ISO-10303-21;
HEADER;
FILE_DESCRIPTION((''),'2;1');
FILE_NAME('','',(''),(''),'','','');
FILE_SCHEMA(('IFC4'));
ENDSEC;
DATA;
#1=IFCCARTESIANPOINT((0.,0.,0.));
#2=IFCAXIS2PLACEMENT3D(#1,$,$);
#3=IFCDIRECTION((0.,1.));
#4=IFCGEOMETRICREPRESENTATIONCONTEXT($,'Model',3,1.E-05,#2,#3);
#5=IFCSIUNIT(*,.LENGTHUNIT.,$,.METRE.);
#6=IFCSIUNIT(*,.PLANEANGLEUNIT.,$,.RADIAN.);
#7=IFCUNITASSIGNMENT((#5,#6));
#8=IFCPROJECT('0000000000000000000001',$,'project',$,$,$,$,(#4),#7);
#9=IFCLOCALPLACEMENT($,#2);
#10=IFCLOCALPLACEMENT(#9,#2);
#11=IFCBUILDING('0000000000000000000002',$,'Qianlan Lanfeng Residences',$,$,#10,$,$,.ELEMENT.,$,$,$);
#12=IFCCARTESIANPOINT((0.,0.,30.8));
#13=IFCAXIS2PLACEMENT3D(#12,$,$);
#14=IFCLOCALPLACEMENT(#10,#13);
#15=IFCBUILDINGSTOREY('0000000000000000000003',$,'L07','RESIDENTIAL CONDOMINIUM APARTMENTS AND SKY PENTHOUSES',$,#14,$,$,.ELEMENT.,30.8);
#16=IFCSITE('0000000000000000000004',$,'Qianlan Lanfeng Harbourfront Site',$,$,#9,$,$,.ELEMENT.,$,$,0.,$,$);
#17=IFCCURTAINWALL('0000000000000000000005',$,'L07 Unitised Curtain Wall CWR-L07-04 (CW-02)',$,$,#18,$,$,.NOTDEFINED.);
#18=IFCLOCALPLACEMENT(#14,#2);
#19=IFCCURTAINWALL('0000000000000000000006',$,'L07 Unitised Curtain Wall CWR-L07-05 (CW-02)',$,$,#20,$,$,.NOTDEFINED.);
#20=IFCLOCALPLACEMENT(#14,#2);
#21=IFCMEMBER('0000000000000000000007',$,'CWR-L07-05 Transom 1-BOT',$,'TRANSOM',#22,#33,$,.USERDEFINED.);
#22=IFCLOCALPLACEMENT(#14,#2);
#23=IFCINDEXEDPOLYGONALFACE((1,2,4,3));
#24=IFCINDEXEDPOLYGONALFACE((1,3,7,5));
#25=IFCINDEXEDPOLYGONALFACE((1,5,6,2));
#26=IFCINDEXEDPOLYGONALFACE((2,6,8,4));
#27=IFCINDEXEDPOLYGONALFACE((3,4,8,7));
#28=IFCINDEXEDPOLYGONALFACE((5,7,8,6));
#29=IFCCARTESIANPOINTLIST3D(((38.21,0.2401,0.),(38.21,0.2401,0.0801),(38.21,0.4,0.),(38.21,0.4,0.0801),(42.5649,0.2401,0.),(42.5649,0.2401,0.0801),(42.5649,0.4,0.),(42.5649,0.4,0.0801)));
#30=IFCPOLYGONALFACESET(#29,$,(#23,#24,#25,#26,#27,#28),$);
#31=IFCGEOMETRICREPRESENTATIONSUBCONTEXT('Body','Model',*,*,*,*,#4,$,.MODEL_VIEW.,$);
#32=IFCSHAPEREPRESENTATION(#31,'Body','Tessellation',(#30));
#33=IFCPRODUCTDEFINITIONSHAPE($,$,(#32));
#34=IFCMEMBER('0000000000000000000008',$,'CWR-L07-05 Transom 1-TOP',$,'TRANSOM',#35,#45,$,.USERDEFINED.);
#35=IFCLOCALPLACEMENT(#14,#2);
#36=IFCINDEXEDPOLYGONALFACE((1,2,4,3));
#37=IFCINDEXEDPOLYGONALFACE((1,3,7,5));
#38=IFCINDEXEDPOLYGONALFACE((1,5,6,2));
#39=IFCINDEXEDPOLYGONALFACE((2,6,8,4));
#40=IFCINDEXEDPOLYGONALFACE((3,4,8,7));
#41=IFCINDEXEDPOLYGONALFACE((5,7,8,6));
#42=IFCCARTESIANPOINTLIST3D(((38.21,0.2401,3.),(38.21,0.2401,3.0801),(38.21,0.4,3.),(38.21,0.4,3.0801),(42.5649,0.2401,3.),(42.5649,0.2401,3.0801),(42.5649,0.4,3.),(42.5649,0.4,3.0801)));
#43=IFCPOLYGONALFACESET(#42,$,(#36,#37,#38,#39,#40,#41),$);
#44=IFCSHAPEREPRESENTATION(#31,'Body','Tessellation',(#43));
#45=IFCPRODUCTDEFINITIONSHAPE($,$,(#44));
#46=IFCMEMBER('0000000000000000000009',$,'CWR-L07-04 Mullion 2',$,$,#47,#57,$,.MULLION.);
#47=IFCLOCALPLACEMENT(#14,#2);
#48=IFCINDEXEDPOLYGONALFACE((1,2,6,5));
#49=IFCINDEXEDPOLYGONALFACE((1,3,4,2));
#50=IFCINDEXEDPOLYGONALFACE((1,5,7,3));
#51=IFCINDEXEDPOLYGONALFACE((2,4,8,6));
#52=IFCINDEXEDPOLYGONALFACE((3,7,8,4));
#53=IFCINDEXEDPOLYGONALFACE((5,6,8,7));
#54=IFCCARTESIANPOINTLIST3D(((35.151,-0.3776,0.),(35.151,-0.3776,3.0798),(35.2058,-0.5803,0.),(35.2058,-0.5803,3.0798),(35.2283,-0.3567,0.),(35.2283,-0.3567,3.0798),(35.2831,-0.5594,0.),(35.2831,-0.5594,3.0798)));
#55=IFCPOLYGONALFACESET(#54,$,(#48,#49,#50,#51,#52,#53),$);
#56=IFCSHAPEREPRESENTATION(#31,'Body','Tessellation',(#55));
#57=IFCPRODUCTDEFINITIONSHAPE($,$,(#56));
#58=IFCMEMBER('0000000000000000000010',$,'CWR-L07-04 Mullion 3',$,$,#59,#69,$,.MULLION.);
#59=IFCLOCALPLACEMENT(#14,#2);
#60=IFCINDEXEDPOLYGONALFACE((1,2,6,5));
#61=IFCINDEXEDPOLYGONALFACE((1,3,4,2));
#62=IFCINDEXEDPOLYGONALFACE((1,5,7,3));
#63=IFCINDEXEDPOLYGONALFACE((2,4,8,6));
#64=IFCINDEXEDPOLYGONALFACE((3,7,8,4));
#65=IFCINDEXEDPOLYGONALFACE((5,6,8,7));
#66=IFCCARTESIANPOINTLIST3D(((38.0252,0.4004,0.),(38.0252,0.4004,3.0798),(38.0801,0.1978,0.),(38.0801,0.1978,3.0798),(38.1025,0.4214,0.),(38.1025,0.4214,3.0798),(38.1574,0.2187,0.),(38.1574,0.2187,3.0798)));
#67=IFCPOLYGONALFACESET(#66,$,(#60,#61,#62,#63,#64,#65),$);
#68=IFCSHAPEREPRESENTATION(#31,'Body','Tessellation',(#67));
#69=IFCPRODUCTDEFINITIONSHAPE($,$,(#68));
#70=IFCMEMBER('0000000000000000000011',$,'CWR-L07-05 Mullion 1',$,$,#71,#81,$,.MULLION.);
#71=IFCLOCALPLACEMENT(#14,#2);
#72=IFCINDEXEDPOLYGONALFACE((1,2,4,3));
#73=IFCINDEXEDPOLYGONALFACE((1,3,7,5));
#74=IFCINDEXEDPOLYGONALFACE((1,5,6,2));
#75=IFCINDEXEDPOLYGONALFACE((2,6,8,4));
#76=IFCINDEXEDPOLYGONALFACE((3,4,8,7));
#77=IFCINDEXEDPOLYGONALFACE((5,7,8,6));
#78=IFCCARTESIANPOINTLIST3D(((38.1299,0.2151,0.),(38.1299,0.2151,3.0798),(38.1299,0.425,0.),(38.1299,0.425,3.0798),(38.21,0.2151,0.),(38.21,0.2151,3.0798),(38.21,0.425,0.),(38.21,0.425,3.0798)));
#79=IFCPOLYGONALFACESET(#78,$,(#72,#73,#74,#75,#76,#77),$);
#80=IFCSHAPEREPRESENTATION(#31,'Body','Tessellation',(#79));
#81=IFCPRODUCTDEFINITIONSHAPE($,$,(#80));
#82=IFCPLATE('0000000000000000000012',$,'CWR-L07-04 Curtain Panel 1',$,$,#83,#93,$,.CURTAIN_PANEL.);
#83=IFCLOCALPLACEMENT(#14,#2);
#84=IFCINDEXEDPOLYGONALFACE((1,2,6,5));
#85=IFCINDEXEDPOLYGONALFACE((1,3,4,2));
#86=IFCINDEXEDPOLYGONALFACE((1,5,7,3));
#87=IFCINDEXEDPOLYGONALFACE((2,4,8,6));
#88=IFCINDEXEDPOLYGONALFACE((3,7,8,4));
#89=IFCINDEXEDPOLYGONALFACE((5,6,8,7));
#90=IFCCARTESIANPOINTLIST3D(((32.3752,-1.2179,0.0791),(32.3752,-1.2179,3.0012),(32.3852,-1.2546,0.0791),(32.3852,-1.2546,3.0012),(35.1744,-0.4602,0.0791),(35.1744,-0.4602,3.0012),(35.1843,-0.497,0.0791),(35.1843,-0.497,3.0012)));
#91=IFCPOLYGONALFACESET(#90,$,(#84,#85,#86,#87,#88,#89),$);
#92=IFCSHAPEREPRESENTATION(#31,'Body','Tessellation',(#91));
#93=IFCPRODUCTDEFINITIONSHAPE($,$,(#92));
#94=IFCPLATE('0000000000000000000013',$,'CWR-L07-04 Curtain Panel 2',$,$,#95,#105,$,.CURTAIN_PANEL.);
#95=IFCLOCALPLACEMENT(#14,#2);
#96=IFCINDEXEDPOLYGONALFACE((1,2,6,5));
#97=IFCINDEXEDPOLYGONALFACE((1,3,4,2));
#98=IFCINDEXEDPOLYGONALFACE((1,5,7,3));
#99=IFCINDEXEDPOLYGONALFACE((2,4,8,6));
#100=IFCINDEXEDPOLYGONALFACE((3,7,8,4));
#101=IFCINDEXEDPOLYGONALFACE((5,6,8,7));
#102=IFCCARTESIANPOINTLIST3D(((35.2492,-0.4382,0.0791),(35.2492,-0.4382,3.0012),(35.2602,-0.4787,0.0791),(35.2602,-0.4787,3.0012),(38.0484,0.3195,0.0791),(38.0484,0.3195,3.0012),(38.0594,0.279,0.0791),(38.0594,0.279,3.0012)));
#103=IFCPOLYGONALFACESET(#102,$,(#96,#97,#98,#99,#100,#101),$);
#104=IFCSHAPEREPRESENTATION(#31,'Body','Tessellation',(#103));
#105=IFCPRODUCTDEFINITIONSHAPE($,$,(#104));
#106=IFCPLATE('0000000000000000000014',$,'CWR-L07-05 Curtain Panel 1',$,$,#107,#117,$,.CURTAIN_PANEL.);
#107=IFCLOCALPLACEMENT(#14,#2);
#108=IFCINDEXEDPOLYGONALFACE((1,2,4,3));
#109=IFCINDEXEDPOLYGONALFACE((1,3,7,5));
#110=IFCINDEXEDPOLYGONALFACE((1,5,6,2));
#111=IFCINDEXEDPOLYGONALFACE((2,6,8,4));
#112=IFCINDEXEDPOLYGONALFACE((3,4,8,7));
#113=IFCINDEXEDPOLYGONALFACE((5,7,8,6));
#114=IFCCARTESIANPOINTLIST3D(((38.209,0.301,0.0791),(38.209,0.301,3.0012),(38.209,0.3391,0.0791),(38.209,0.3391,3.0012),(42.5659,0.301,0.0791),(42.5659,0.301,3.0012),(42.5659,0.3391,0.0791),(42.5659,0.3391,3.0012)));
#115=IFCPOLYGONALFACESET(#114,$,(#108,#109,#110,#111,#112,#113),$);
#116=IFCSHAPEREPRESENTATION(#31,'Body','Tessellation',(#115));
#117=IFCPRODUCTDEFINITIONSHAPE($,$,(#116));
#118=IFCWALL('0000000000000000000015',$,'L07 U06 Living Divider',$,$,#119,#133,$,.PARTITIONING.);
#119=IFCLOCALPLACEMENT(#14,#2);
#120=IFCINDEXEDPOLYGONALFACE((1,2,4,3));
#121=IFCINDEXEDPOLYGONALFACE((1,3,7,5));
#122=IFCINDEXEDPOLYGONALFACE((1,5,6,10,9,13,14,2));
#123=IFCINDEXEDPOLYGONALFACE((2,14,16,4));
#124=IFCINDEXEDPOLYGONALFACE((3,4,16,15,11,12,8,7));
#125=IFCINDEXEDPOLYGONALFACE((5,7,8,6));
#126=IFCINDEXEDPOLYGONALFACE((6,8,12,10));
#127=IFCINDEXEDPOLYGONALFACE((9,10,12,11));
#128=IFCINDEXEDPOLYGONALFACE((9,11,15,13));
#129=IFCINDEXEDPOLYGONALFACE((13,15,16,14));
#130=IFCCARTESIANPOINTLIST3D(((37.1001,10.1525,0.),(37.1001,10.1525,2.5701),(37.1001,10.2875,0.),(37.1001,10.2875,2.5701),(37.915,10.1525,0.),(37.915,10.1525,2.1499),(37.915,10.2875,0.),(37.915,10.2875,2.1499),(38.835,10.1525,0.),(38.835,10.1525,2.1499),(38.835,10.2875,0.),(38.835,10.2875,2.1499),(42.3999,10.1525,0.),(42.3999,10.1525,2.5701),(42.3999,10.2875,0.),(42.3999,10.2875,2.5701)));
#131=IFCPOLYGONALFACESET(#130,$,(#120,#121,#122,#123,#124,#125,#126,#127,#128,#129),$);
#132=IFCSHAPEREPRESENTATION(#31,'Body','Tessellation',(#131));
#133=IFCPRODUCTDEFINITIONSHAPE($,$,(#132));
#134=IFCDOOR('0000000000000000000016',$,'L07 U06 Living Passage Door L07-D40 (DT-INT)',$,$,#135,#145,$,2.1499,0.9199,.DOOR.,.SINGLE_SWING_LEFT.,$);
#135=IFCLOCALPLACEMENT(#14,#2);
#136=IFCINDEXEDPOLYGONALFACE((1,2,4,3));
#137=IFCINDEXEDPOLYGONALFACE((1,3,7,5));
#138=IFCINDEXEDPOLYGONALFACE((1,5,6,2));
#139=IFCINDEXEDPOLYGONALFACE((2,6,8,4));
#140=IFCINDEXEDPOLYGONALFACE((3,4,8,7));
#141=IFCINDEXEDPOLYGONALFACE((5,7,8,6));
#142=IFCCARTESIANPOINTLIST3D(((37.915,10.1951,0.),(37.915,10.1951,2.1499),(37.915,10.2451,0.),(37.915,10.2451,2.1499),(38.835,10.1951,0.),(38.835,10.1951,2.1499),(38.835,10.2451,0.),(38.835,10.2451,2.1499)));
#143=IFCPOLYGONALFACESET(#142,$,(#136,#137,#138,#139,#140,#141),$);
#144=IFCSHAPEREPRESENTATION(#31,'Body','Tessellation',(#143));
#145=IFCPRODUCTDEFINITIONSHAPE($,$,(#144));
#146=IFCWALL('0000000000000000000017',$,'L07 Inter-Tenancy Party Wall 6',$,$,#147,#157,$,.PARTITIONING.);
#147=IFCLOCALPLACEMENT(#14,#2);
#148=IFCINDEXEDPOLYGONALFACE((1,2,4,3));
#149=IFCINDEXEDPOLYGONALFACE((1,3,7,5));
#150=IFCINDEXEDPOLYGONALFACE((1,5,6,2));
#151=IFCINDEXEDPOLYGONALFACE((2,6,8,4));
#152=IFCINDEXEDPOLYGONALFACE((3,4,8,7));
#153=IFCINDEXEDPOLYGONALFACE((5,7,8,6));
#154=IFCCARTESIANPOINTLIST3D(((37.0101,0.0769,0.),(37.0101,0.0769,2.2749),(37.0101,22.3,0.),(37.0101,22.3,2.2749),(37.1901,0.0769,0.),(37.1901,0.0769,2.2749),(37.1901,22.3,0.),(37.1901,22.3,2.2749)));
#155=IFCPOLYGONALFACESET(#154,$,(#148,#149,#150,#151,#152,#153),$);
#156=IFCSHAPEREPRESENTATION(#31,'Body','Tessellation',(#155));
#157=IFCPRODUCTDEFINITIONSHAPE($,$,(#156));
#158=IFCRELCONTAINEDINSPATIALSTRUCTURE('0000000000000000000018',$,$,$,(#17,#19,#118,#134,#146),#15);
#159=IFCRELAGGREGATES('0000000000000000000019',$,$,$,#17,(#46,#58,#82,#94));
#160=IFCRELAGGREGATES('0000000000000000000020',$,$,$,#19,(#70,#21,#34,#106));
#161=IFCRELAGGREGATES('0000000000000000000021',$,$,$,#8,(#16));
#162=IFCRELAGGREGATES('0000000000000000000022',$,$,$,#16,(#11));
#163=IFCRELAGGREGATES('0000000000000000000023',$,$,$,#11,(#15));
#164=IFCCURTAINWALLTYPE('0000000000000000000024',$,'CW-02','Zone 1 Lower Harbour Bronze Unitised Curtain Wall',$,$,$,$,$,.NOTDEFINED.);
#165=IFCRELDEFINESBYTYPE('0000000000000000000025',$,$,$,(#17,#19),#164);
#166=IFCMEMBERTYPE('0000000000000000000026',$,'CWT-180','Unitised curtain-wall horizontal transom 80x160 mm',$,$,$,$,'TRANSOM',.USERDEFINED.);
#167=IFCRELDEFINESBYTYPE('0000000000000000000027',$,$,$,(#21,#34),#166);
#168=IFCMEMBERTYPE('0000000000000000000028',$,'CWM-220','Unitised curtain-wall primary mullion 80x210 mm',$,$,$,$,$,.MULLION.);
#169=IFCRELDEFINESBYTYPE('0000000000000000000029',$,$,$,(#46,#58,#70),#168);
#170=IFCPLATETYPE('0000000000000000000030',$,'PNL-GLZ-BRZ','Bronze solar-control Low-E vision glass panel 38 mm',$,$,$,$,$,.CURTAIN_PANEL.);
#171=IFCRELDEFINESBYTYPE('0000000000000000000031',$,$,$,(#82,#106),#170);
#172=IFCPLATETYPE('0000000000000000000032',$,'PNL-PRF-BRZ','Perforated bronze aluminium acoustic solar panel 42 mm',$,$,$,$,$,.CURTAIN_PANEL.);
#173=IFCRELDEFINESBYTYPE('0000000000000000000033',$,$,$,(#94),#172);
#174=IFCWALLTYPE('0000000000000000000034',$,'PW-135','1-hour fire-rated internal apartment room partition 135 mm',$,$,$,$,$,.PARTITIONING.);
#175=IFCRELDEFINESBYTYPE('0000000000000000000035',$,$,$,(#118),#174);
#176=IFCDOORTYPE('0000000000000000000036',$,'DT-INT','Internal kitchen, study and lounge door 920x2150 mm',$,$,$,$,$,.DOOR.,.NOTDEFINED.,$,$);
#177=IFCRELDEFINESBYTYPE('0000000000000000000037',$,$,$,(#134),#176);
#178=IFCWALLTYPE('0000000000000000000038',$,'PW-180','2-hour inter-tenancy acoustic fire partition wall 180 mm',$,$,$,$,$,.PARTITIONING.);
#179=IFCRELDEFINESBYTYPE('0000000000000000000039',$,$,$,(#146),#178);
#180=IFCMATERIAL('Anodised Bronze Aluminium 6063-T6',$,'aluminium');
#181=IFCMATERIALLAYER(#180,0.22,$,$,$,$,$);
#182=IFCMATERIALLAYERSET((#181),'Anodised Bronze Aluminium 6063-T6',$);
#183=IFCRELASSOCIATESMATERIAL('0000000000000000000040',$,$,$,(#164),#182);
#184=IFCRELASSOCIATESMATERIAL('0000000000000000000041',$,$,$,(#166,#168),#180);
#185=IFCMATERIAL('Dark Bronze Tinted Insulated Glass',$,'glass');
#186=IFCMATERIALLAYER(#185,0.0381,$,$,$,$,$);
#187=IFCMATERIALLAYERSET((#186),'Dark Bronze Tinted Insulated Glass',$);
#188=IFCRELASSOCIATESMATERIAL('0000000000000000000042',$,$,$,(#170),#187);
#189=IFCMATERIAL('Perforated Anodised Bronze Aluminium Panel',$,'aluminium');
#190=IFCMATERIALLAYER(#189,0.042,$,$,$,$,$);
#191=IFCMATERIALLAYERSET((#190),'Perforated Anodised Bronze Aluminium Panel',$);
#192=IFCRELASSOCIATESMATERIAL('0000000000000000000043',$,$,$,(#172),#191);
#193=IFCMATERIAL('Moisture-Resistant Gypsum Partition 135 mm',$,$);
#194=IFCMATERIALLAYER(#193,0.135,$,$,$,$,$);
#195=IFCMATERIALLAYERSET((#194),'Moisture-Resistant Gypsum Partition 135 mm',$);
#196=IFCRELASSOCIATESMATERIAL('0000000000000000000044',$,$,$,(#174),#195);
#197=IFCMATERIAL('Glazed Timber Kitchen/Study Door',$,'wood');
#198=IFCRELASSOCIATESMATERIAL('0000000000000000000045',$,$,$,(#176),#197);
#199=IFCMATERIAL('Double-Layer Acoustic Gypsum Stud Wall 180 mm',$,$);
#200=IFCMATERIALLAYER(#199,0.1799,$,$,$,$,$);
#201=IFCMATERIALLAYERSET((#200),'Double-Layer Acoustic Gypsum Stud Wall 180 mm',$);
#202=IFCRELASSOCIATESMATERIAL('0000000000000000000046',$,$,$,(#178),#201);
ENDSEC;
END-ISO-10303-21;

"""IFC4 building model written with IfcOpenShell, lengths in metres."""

from ifc_helpers import new_model, si_unit, direction, frame, frame_2d, origin, origin_2d, place, context, subcontext, project, spatial, rectangle, extrude, source, transform, mapped, material, layer, layer_set, material_profile, profile_set, type_object, element, fill, aggregate, save


model = new_model("IFC4")

# Units and contexts
model_context = context("Model", 3, precision=1e-05, world=origin(), true_north=direction((0.0, 1.0)))
body_context = subcontext(model_context, "Body", "Model", "MODEL_VIEW")
ifc_project = project(units=[si_unit("LENGTHUNIT", "METRE"), si_unit("PLANEANGLEUNIT", "RADIAN")], contexts=[model_context])

# Site, building, storey
site_placement = place(None, origin())
site = spatial("IfcSite", under=ifc_project, at=site_placement, Name="Qianlan Lanfeng Harbourfront Site", CompositionType="ELEMENT", RefElevation=0.0)
building_placement = place(site_placement, origin())
building = spatial("IfcBuilding", under=site, at=building_placement, Name="Qianlan Lanfeng Residences", CompositionType="ELEMENT")
storey_placement = place(building_placement, frame((0.0, 0.0, 30.8)))
storey = spatial("IfcBuildingStorey", under=building, at=storey_placement, Name="L07", Description="RESIDENTIAL CONDOMINIUM APARTMENTS AND SKY PENTHOUSES", CompositionType="ELEMENT", Elevation=30.8)

# Curtain walls, members
ifc_material_1 = material(Name="Anodised Bronze Aluminium 6063-T6", Category="aluminium")
ifc_layer_1 = layer(ifc_material_1, 0.22)
ifc_layer_set_1 = layer_set([ifc_layer_1], Name="Anodised Bronze Aluminium 6063-T6")
curtain_wall_type = type_object("IfcCurtainWallType", Name="CW-02", Description="Zone 1 Lower Harbour Bronze Unitised Curtain Wall", PredefinedType="NOTDEFINED", material=ifc_layer_set_1)
curtain_wall_1_placement = place(storey_placement, origin())
curtain_wall_1 = element("IfcCurtainWall", 1, at=curtain_wall_1_placement, inside=storey, type_object=curtain_wall_type, Name="L07 Unitised Curtain Wall CWR-L07-04 (CW-02)", PredefinedType="NOTDEFINED")
ifc_material_profile_1 = material_profile(ifc_material_1, rectangle(XDim=0.0801, YDim=0.1599, at=origin_2d()), Name="ALU TRANSOM 80x160")
ifc_profile_set_1 = profile_set([ifc_material_profile_1], Name="Anodised Bronze Aluminium 6063-T6")
member_type_1 = type_object("IfcMemberType", Name="CWT-180", Description="Unitised curtain-wall horizontal transom 80x160 mm", ElementType="TRANSOM", PredefinedType="USERDEFINED", material=ifc_profile_set_1)
curtain_wall_2_placement = place(storey_placement, origin())
curtain_wall_2 = element("IfcCurtainWall", 2, at=curtain_wall_2_placement, inside=storey, type_object=curtain_wall_type, Name="L07 Unitised Curtain Wall CWR-L07-05 (CW-02)", PredefinedType="NOTDEFINED")
shared_shape_1 = source(origin(), body_context, "Body", "SweptSolid", [
    extrude(rectangle(XDim=0.0801, YDim=0.1599, at=origin_2d()), origin(), (0.0, 0.0, 1.0), 4.355),
])
member_1_placement = place(storey_placement, frame((38.21, 0.3201, 0.04), z_axis=(1.0, 0.0, 0.0), x_axis=(0.0, 0.0, 1.0)))
member_1 = element("IfcMember", 3, at=member_1_placement, type_object=member_type_1, Name="CWR-L07-05 Transom 1-BOT", ObjectType="TRANSOM", PredefinedType="USERDEFINED", context=body_context, shape_type="MappedRepresentation", body=[
    mapped(shared_shape_1, transform((0.0, 0.0, 0.0), scale=1.0)),
])
member_2_placement = place(storey_placement, frame((38.21, 0.3201, 3.04), z_axis=(1.0, 0.0, 0.0), x_axis=(0.0, 0.0, 1.0)))
member_2 = element("IfcMember", 4, at=member_2_placement, type_object=member_type_1, Name="CWR-L07-05 Transom 1-TOP", ObjectType="TRANSOM", PredefinedType="USERDEFINED", context=body_context, shape_type="MappedRepresentation", body=[
    mapped(shared_shape_1, transform((0.0, 0.0, 0.0), scale=1.0)),
])

# Members
ifc_material_profile_2 = material_profile(ifc_material_1, rectangle(XDim=0.0801, YDim=0.21, at=origin_2d()), Name="ALU MULLION 80x210")
ifc_profile_set_2 = profile_set([ifc_material_profile_2], Name="Anodised Bronze Aluminium 6063-T6")
member_type_2 = type_object("IfcMemberType", Name="CWM-220", Description="Unitised curtain-wall primary mullion 80x210 mm", PredefinedType="MULLION", material=ifc_profile_set_2)
shared_shape_2 = source(origin(), body_context, "Body", "SweptSolid", [
    extrude(rectangle(XDim=0.0801, YDim=0.21, at=origin_2d()), origin(), (0.0, 0.0, 1.0), 3.0798),
])
member_3_placement = place(storey_placement, frame((35.217, -0.4685, 0.0), z_axis=(0.0, 0.0, 1.0), x_axis=(0.965263, 0.261281, 0.0)))
member_3 = element("IfcMember", 5, at=member_3_placement, type_object=member_type_2, Name="CWR-L07-04 Mullion 2", PredefinedType="MULLION", context=body_context, shape_type="MappedRepresentation", body=[
    mapped(shared_shape_2, transform((0.0, 0.0, 0.0), scale=1.0)),
])
member_4_placement = place(storey_placement, frame((38.0913, 0.3096, 0.0), z_axis=(0.0, 0.0, 1.0), x_axis=(0.965263, 0.261281, 0.0)))
member_4 = element("IfcMember", 6, at=member_4_placement, type_object=member_type_2, Name="CWR-L07-04 Mullion 3", PredefinedType="MULLION", context=body_context, shape_type="MappedRepresentation", body=[
    mapped(shared_shape_2, transform((0.0, 0.0, 0.0), scale=1.0)),
])
member_5_placement = place(storey_placement, frame((38.1699, 0.3201, 0.0), z_axis=(0.0, 0.0, 1.0), x_axis=(1.0, 0.0, 0.0)))
member_5 = element("IfcMember", 7, at=member_5_placement, type_object=member_type_2, Name="CWR-L07-05 Mullion 1", PredefinedType="MULLION", context=body_context, shape_type="MappedRepresentation", body=[
    mapped(shared_shape_2, transform((0.0, 0.0, 0.0), scale=1.0)),
])

# Plates
ifc_material_2 = material(Name="Dark Bronze Tinted Insulated Glass", Category="glass")
ifc_layer_2 = layer(ifc_material_2, 0.0381)
ifc_layer_set_2 = layer_set([ifc_layer_2], Name="Dark Bronze Tinted Insulated Glass")
plate_type_1 = type_object("IfcPlateType", Name="PNL-GLZ-BRZ", Description="Bronze solar-control Low-E vision glass panel 38 mm", PredefinedType="CURTAIN_PANEL", material=ifc_layer_set_2)
shared_shape_3 = source(origin(), body_context, "Body", "SweptSolid", [
    extrude(rectangle(XDim=2.8999, YDim=0.0381, at=origin_2d()), origin(), (0.0, 0.0, 1.0), 2.9221),
])
plate_1_placement = place(storey_placement, frame((33.7798, -0.8574, 0.0791), z_axis=(0.0, 0.0, 1.0), x_axis=(0.965263, 0.261281, 0.0)))
plate_1 = element("IfcPlate", 8, at=plate_1_placement, type_object=plate_type_1, Name="CWR-L07-04 Curtain Panel 1", PredefinedType="CURTAIN_PANEL", context=body_context, shape_type="MappedRepresentation", body=[
    mapped(shared_shape_3, transform((0.0, 0.0, 0.0), scale=1.0)),
])
ifc_material_3 = material(Name="Perforated Anodised Bronze Aluminium Panel", Category="aluminium")
ifc_layer_3 = layer(ifc_material_3, 0.042)
ifc_layer_set_3 = layer_set([ifc_layer_3], Name="Perforated Anodised Bronze Aluminium Panel")
plate_type_2 = type_object("IfcPlateType", Name="PNL-PRF-BRZ", Description="Perforated bronze aluminium acoustic solar panel 42 mm", PredefinedType="CURTAIN_PANEL", material=ifc_layer_set_3)
shared_shape_4 = source(origin(), body_context, "Body", "SweptSolid", [
    extrude(rectangle(XDim=2.8999, YDim=0.042, at=origin_2d()), origin(), (0.0, 0.0, 1.0), 2.9221),
])
plate_2_placement = place(storey_placement, frame((36.6543, -0.0796, 0.0791), z_axis=(0.0, 0.0, 1.0), x_axis=(0.965263, 0.261281, 0.0)))
plate_2 = element("IfcPlate", 9, at=plate_2_placement, type_object=plate_type_2, Name="CWR-L07-04 Curtain Panel 2", PredefinedType="CURTAIN_PANEL", context=body_context, shape_type="MappedRepresentation", body=[
    mapped(shared_shape_4, transform((0.0, 0.0, 0.0), scale=1.0)),
])
aggregate(curtain_wall_1, [member_3, member_4, plate_1, plate_2])
shared_shape_5 = source(origin(), body_context, "Body", "SweptSolid", [
    extrude(rectangle(XDim=4.3569, YDim=0.0381, at=origin_2d()), origin(), (0.0, 0.0, 1.0), 2.9221),
])
plate_3_placement = place(storey_placement, frame((40.3875, 0.3201, 0.0791), z_axis=(0.0, 0.0, 1.0), x_axis=(1.0, 0.0, 0.0)))
plate_3 = element("IfcPlate", 10, at=plate_3_placement, type_object=plate_type_1, Name="CWR-L07-05 Curtain Panel 1", PredefinedType="CURTAIN_PANEL", context=body_context, shape_type="MappedRepresentation", body=[
    mapped(shared_shape_5, transform((0.0, 0.0, 0.0), scale=1.0)),
])
aggregate(curtain_wall_2, [member_5, member_1, member_2, plate_3])

# Shared definitions
ifc_material_4 = material(Name="Moisture-Resistant Gypsum Partition 135 mm")
ifc_layer_4 = layer(ifc_material_4, 0.135)
ifc_layer_set_4 = layer_set([ifc_layer_4], Name="Moisture-Resistant Gypsum Partition 135 mm")
wall_type_1 = type_object("IfcWallType", Name="PW-135", Description="1-hour fire-rated internal apartment room partition 135 mm", PredefinedType="PARTITIONING", material=ifc_layer_set_4)
ifc_material_5 = material(Name="Glazed Timber Kitchen/Study Door", Category="wood")
door_type_1 = type_object("IfcDoorType", Name="DT-INT", Description="Internal kitchen, study and lounge door 920x2150 mm", OperationType="NOTDEFINED", PredefinedType="DOOR", material=ifc_material_5)

# Wall, opening, door
wall_1_placement = place(storey_placement, frame((37.1001, 10.22, 0.0), z_axis=(0.0, 0.0, 1.0), x_axis=(1.0, 0.0, 0.0)))
wall_1 = element("IfcWall", 11, at=wall_1_placement, inside=storey, type_object=wall_type_1, Name="L07 U06 Living Divider", PredefinedType="PARTITIONING", context=body_context, shape_type="SweptSolid", body=[
    extrude(rectangle(XDim=5.2998, YDim=0.135, at=frame_2d((2.6499, 0.0))), origin(), (0.0, 0.0, 1.0), 2.5701),
])
opening_1_placement = place(wall_1_placement, frame((0.8149, 0.0, 0.0)))
opening_1 = element("IfcOpeningElement", 12, at=opening_1_placement, cuts=wall_1, PredefinedType="OPENING", context=body_context, shape_type="SweptSolid", body=[
    extrude(rectangle(XDim=0.9199, YDim=2.1499, at=frame_2d((0.46, 1.075))), frame((0.0, 0.0776, 0.0), z_axis=(0.0, -1.0, 0.0), x_axis=(1.0, 0.0, 0.0)), (0.0, 0.0, 1.0), 0.155),
])
door_1_placement = place(opening_1_placement, frame((0.9199, 0.0, 0.0), z_axis=(0.0, 0.0, 1.0), x_axis=(-1.0, 0.0, 0.0)))
door_1 = element("IfcDoor", 13, at=door_1_placement, inside=storey, type_object=door_type_1, Name="L07 U06 Living Passage Door L07-D40 (DT-INT)", OperationType="SINGLE_SWING_LEFT", OverallHeight=2.1499, OverallWidth=0.9199, PredefinedType="DOOR", context=body_context, shape_type="SweptSolid", body=[
    extrude(rectangle(XDim=0.9199, YDim=2.1499, at=frame_2d((0.46, 1.075))), frame((0.0, 0.0249, 0.0), z_axis=(0.0, -1.0, 0.0), x_axis=(1.0, 0.0, 0.0)), (0.0, 0.0, 1.0), 0.05),
])
fill(opening_1, door_1)

# Wall
ifc_material_6 = material(Name="Double-Layer Acoustic Gypsum Stud Wall 180 mm")
ifc_layer_5 = layer(ifc_material_6, 0.1799)
ifc_layer_set_5 = layer_set([ifc_layer_5], Name="Double-Layer Acoustic Gypsum Stud Wall 180 mm")
wall_type_2 = type_object("IfcWallType", Name="PW-180", Description="2-hour inter-tenancy acoustic fire partition wall 180 mm", PredefinedType="PARTITIONING", material=ifc_layer_set_5)
wall_2_placement = place(storey_placement, frame((37.1001, 0.0769, 0.0), z_axis=(0.0, 0.0, 1.0), x_axis=(0.0, 1.0, 0.0)))
element("IfcWall", 14, at=wall_2_placement, inside=storey, type_object=wall_type_2, Name="L07 Inter-Tenancy Party Wall 6", PredefinedType="PARTITIONING", context=body_context, shape_type="SweptSolid", body=[
    extrude(rectangle(XDim=22.2231, YDim=0.1799, at=frame_2d((11.1116, 0.0))), origin(), (0.0, 0.0, 1.0), 2.2749),
])

save(model, "model.ifc")
